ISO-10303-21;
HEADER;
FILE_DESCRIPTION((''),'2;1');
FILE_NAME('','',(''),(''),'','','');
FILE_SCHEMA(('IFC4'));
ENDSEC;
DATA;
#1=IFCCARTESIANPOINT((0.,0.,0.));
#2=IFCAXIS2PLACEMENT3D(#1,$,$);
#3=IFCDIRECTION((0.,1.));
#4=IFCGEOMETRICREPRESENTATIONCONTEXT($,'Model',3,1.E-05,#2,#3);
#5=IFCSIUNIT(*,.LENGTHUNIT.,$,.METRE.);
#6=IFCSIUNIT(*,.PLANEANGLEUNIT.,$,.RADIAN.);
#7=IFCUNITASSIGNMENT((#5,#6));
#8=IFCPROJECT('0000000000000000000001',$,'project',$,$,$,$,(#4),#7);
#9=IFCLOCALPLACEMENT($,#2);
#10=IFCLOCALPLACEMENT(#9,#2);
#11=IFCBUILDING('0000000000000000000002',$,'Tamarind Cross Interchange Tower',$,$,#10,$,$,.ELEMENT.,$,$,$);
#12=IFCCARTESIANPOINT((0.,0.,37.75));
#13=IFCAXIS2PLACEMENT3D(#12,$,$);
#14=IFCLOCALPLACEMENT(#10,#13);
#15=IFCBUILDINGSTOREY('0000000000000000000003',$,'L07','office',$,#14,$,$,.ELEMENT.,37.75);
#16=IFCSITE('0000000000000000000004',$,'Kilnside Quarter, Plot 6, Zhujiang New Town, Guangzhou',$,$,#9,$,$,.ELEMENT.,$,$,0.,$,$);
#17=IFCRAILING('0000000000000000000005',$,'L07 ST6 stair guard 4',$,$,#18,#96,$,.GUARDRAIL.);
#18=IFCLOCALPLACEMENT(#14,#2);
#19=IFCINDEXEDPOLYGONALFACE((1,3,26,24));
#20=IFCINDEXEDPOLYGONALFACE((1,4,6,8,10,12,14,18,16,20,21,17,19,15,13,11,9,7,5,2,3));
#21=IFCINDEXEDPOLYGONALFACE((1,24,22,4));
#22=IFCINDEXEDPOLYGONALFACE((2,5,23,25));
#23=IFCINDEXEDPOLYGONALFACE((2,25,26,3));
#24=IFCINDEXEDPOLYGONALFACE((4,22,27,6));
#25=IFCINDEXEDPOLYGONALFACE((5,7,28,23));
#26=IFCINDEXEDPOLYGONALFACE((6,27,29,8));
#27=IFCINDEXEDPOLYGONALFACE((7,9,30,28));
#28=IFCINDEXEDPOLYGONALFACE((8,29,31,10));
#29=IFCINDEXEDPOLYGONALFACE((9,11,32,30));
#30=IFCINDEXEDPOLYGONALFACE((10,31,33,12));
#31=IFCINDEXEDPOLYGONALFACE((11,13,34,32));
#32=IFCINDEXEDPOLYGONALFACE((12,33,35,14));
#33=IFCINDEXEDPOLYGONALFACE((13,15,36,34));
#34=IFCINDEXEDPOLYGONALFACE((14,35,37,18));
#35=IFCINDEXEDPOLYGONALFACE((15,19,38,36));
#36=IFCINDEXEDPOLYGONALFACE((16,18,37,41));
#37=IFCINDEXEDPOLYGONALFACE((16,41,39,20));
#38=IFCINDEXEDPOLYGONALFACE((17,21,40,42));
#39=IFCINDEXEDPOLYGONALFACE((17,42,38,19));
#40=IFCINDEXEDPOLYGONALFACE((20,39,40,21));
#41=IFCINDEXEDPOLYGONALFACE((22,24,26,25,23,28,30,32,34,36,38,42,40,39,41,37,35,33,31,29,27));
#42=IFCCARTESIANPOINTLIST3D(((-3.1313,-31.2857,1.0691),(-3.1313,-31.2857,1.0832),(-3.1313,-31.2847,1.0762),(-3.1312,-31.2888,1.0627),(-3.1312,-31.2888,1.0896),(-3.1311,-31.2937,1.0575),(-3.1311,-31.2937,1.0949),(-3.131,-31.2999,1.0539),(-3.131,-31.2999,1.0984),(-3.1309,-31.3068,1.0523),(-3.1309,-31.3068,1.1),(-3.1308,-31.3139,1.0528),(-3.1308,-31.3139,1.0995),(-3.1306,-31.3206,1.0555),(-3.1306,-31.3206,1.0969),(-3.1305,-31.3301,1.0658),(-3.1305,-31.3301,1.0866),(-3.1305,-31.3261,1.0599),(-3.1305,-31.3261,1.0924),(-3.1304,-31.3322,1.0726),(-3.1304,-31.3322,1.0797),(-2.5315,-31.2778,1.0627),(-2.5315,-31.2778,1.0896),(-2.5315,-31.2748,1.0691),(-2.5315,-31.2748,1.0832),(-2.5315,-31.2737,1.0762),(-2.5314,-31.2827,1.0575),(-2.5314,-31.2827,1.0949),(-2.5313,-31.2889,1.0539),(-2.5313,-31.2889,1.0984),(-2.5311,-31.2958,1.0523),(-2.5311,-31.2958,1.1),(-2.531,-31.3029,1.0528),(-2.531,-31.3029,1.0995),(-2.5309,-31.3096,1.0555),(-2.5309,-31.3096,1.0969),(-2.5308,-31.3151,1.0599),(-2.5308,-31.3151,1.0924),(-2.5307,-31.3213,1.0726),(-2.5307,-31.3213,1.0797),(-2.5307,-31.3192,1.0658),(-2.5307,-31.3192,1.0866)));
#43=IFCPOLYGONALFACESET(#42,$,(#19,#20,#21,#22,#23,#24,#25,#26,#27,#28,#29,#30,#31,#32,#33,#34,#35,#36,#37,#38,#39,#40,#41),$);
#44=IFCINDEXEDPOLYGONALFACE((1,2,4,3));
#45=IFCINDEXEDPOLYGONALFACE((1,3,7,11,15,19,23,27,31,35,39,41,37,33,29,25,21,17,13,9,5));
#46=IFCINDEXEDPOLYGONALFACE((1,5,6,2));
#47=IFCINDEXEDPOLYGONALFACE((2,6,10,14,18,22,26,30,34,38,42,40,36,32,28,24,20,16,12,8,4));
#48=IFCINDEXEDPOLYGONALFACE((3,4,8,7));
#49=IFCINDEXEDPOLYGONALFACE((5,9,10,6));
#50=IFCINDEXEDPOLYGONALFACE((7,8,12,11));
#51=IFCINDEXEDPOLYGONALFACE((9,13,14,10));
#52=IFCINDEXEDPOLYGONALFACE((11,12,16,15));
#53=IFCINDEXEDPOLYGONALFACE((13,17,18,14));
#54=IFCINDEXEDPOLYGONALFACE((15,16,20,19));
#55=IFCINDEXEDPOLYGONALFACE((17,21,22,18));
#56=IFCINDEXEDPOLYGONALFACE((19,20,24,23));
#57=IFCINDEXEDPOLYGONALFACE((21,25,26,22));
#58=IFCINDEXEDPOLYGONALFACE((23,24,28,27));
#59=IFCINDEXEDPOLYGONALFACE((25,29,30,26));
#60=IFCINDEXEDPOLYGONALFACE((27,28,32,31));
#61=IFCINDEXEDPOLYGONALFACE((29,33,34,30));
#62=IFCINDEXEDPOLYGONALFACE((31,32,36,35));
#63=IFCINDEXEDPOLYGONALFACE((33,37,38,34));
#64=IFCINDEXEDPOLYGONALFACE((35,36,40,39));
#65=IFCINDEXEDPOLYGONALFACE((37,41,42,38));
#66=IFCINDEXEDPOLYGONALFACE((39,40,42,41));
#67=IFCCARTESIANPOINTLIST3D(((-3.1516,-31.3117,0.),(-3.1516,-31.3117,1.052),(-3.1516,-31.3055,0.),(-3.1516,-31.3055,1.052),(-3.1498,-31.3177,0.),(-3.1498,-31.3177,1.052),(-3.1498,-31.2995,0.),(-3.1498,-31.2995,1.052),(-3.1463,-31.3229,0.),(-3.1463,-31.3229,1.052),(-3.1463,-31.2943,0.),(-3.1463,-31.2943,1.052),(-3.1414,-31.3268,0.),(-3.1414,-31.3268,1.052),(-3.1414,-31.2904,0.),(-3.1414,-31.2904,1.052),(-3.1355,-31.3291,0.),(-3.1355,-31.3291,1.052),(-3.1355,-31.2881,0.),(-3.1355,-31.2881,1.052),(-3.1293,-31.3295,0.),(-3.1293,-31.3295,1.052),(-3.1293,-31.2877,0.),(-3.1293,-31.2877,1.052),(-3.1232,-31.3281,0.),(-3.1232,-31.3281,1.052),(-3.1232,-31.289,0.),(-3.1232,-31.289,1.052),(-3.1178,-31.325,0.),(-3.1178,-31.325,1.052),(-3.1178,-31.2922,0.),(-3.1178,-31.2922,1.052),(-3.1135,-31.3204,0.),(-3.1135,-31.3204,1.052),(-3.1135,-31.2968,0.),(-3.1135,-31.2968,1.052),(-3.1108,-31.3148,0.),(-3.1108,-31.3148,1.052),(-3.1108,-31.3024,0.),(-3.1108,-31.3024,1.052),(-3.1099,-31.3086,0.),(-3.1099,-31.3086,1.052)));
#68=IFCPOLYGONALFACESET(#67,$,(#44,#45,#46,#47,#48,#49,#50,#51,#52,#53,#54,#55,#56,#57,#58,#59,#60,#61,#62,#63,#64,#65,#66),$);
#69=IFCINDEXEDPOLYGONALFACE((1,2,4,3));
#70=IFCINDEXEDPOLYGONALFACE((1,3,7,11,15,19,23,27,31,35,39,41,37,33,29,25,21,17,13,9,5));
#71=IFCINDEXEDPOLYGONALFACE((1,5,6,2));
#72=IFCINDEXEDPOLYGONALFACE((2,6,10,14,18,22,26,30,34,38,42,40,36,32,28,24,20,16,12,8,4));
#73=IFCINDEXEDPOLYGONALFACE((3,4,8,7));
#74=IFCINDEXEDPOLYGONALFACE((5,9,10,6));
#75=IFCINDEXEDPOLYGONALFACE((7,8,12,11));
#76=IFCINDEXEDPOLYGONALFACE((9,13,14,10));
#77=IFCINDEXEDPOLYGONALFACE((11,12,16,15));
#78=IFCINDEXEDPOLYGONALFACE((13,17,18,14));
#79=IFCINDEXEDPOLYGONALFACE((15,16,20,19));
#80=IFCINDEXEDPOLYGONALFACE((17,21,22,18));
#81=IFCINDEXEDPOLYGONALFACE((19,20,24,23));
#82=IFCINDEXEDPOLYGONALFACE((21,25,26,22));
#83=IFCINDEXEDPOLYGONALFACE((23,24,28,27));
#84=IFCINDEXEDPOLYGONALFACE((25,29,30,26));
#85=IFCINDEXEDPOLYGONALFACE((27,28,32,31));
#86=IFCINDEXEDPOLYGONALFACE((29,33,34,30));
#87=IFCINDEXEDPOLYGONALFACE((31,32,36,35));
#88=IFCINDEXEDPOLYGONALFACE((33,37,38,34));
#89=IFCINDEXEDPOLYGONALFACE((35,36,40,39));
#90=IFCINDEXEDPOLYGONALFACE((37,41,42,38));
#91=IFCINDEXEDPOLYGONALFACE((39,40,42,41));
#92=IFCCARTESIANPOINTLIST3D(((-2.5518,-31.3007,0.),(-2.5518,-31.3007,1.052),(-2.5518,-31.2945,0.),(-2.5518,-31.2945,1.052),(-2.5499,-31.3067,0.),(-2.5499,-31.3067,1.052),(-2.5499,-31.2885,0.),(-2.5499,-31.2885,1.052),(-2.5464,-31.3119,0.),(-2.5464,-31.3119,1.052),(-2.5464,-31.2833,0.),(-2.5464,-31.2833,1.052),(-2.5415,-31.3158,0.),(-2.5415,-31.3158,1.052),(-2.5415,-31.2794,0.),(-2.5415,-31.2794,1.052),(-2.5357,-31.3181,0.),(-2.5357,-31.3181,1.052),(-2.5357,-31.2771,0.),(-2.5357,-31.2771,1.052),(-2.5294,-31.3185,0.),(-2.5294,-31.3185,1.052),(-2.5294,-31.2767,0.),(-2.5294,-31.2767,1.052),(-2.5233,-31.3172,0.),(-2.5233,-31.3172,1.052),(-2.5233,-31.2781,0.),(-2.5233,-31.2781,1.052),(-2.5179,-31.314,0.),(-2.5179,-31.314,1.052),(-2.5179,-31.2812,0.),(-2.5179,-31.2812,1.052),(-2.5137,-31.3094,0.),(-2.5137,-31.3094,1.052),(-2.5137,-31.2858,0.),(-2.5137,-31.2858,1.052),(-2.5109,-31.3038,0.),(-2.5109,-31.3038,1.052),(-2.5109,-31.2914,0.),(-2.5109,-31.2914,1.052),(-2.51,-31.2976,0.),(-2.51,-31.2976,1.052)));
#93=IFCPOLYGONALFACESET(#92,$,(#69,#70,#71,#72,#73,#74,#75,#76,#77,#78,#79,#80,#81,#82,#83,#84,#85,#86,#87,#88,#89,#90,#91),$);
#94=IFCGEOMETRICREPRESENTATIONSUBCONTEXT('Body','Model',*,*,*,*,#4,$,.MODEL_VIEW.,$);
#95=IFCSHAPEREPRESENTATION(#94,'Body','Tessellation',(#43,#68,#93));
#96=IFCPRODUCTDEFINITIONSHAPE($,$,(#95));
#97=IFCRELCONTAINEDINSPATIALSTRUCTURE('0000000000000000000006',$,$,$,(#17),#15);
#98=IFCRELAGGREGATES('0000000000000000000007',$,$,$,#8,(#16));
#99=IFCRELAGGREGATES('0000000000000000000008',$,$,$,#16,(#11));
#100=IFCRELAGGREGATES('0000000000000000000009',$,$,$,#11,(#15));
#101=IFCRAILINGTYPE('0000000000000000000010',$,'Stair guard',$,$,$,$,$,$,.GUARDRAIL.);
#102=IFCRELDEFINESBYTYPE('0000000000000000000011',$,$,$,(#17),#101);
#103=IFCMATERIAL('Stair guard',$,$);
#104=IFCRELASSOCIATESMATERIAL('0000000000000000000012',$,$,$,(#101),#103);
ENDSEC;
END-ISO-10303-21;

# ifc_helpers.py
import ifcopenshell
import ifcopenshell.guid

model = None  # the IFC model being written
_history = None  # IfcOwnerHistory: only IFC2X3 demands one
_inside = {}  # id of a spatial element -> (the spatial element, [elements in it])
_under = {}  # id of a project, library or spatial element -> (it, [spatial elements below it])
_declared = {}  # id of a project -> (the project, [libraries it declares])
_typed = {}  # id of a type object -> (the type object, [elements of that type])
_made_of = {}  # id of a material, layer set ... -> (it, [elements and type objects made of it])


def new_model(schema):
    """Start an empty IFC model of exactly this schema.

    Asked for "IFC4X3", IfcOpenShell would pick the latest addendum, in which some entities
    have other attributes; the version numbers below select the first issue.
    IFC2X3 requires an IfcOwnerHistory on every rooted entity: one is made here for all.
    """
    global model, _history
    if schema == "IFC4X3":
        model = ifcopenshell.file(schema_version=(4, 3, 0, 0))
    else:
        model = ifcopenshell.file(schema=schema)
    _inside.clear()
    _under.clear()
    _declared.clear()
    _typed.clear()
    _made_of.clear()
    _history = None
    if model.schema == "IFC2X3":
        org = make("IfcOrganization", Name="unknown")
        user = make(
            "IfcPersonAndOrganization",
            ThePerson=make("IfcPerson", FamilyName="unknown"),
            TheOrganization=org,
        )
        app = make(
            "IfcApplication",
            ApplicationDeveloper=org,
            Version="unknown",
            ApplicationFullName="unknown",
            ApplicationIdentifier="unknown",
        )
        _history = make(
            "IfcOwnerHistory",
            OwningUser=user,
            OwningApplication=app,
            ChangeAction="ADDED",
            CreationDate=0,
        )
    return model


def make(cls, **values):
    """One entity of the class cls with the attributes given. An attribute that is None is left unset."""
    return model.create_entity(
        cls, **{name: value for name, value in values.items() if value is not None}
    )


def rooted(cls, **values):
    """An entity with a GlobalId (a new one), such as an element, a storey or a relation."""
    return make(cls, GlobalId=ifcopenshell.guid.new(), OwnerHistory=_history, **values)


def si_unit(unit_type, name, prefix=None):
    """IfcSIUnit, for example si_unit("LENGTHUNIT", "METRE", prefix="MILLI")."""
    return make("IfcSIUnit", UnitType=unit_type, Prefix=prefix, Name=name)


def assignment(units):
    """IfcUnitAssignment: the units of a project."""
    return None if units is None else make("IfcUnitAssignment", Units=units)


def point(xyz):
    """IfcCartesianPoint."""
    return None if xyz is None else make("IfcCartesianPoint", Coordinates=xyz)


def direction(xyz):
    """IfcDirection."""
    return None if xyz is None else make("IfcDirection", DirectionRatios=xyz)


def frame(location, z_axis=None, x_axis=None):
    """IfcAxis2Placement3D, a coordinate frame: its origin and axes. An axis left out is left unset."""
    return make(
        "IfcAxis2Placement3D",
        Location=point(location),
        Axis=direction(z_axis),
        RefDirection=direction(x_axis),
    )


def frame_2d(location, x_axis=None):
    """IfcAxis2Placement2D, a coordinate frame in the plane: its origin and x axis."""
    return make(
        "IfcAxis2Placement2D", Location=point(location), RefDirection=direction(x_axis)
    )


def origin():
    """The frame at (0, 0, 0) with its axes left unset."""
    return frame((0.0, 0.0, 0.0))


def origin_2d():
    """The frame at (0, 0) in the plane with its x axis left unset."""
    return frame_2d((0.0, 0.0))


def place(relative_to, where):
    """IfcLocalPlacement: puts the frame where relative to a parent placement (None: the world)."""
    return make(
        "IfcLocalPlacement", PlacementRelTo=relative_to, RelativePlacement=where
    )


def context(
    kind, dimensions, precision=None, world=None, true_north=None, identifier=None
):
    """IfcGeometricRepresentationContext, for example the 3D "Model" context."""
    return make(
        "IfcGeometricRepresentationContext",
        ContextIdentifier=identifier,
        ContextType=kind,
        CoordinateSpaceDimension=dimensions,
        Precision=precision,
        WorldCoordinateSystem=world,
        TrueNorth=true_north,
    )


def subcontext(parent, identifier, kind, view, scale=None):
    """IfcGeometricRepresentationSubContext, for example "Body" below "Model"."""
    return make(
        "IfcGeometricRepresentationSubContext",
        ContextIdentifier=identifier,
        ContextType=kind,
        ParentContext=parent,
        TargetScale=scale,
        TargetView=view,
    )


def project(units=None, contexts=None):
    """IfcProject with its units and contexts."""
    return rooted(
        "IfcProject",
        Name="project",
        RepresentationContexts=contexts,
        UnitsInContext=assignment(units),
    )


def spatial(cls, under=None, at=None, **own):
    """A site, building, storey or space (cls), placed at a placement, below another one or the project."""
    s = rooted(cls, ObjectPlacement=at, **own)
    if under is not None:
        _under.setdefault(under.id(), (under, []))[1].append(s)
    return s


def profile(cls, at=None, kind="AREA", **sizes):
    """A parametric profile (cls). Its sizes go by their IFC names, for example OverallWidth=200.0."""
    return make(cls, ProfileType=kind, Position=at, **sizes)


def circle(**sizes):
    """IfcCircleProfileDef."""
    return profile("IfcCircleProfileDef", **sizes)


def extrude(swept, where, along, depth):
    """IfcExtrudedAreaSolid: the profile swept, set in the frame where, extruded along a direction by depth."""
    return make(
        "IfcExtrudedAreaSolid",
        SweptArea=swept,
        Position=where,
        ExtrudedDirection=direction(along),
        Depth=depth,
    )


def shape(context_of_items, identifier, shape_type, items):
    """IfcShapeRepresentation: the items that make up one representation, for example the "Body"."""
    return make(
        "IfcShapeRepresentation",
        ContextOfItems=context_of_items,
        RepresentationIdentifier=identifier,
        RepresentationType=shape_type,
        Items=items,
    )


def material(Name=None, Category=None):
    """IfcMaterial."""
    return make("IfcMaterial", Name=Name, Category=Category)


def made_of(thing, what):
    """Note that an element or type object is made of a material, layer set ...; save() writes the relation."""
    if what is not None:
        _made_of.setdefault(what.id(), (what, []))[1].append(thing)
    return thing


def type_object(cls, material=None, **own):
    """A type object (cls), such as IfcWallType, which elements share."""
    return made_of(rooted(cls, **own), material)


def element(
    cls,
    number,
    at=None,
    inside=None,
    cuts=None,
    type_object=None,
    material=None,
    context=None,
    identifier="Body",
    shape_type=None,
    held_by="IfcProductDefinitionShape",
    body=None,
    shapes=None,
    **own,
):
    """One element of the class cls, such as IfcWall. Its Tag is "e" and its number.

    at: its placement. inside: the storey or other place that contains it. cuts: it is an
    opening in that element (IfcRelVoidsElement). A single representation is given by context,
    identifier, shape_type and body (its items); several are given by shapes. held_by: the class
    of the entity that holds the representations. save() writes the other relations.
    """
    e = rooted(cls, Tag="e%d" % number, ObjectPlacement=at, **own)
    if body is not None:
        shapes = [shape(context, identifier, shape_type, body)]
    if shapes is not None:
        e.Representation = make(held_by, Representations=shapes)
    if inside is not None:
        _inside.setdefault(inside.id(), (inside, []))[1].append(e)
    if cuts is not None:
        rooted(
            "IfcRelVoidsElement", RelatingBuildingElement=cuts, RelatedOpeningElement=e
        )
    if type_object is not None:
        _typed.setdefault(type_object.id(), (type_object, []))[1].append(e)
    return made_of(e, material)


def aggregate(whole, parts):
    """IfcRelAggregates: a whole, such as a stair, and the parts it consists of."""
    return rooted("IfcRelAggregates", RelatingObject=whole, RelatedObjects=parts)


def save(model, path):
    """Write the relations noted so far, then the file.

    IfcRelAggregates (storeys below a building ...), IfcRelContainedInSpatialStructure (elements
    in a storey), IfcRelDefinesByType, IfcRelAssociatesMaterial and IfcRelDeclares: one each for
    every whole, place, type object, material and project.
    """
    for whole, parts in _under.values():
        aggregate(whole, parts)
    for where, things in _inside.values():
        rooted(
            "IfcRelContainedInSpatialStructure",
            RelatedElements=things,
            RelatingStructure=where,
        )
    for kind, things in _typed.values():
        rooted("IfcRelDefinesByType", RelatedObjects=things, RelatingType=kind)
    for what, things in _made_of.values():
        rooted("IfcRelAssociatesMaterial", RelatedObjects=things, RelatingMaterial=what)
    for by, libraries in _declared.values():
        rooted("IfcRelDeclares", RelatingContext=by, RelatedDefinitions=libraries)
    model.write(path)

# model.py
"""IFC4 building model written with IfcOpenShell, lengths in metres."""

from ifc_helpers import new_model, si_unit, direction, frame, origin, origin_2d, place, context, subcontext, project, spatial, circle, extrude, material, type_object, element, save


model = new_model("IFC4")

# Units and contexts
model_context = context("Model", 3, precision=1e-05, world=origin(), true_north=direction((0.0, 1.0)))
body_context = subcontext(model_context, "Body", "Model", "MODEL_VIEW")
ifc_project = project(units=[si_unit("LENGTHUNIT", "METRE"), si_unit("PLANEANGLEUNIT", "RADIAN")], contexts=[model_context])

# Site, building, storey
site_placement = place(None, origin())
site = spatial("IfcSite", under=ifc_project, at=site_placement, Name="Kilnside Quarter, Plot 6, Zhujiang New Town, Guangzhou", CompositionType="ELEMENT", RefElevation=0.0)
building_placement = place(site_placement, origin())
building = spatial("IfcBuilding", under=site, at=building_placement, Name="Tamarind Cross Interchange Tower", CompositionType="ELEMENT")
storey_placement = place(building_placement, frame((0.0, 0.0, 37.75)))
storey = spatial("IfcBuildingStorey", under=building, at=storey_placement, Name="L07", Description="office", CompositionType="ELEMENT", Elevation=37.75)

# Railing
ifc_material_1 = material(Name="Stair guard")
railing_type_1 = type_object("IfcRailingType", Name="Stair guard", PredefinedType="GUARDRAIL", material=ifc_material_1)
railing_1_placement = place(storey_placement, frame((-3.1309, -31.3086, 0.0)))
element("IfcRailing", 1, at=railing_1_placement, inside=storey, type_object=railing_type_1, Name="L07 ST6 stair guard 4", PredefinedType="GUARDRAIL", context=body_context, shape_type="SweptSolid", body=[
    extrude(circle(Radius=0.0239, at=origin_2d()), frame((0.0, 0.0, 1.0762), z_axis=(0.999832, 0.018312, 0.0), x_axis=(-0.018312, 0.999832, 0.0)), (0.0, 0.0, 1.0), 0.5999),
    extrude(circle(Radius=0.021, at=origin_2d()), origin(), (0.0, 0.0, 1.0), 1.052),
    extrude(circle(Radius=0.021, at=origin_2d()), frame((0.5999, 0.011, 0.0)), (0.0, 0.0, 1.0), 1.052),
])

save(model, "model.ifc")
